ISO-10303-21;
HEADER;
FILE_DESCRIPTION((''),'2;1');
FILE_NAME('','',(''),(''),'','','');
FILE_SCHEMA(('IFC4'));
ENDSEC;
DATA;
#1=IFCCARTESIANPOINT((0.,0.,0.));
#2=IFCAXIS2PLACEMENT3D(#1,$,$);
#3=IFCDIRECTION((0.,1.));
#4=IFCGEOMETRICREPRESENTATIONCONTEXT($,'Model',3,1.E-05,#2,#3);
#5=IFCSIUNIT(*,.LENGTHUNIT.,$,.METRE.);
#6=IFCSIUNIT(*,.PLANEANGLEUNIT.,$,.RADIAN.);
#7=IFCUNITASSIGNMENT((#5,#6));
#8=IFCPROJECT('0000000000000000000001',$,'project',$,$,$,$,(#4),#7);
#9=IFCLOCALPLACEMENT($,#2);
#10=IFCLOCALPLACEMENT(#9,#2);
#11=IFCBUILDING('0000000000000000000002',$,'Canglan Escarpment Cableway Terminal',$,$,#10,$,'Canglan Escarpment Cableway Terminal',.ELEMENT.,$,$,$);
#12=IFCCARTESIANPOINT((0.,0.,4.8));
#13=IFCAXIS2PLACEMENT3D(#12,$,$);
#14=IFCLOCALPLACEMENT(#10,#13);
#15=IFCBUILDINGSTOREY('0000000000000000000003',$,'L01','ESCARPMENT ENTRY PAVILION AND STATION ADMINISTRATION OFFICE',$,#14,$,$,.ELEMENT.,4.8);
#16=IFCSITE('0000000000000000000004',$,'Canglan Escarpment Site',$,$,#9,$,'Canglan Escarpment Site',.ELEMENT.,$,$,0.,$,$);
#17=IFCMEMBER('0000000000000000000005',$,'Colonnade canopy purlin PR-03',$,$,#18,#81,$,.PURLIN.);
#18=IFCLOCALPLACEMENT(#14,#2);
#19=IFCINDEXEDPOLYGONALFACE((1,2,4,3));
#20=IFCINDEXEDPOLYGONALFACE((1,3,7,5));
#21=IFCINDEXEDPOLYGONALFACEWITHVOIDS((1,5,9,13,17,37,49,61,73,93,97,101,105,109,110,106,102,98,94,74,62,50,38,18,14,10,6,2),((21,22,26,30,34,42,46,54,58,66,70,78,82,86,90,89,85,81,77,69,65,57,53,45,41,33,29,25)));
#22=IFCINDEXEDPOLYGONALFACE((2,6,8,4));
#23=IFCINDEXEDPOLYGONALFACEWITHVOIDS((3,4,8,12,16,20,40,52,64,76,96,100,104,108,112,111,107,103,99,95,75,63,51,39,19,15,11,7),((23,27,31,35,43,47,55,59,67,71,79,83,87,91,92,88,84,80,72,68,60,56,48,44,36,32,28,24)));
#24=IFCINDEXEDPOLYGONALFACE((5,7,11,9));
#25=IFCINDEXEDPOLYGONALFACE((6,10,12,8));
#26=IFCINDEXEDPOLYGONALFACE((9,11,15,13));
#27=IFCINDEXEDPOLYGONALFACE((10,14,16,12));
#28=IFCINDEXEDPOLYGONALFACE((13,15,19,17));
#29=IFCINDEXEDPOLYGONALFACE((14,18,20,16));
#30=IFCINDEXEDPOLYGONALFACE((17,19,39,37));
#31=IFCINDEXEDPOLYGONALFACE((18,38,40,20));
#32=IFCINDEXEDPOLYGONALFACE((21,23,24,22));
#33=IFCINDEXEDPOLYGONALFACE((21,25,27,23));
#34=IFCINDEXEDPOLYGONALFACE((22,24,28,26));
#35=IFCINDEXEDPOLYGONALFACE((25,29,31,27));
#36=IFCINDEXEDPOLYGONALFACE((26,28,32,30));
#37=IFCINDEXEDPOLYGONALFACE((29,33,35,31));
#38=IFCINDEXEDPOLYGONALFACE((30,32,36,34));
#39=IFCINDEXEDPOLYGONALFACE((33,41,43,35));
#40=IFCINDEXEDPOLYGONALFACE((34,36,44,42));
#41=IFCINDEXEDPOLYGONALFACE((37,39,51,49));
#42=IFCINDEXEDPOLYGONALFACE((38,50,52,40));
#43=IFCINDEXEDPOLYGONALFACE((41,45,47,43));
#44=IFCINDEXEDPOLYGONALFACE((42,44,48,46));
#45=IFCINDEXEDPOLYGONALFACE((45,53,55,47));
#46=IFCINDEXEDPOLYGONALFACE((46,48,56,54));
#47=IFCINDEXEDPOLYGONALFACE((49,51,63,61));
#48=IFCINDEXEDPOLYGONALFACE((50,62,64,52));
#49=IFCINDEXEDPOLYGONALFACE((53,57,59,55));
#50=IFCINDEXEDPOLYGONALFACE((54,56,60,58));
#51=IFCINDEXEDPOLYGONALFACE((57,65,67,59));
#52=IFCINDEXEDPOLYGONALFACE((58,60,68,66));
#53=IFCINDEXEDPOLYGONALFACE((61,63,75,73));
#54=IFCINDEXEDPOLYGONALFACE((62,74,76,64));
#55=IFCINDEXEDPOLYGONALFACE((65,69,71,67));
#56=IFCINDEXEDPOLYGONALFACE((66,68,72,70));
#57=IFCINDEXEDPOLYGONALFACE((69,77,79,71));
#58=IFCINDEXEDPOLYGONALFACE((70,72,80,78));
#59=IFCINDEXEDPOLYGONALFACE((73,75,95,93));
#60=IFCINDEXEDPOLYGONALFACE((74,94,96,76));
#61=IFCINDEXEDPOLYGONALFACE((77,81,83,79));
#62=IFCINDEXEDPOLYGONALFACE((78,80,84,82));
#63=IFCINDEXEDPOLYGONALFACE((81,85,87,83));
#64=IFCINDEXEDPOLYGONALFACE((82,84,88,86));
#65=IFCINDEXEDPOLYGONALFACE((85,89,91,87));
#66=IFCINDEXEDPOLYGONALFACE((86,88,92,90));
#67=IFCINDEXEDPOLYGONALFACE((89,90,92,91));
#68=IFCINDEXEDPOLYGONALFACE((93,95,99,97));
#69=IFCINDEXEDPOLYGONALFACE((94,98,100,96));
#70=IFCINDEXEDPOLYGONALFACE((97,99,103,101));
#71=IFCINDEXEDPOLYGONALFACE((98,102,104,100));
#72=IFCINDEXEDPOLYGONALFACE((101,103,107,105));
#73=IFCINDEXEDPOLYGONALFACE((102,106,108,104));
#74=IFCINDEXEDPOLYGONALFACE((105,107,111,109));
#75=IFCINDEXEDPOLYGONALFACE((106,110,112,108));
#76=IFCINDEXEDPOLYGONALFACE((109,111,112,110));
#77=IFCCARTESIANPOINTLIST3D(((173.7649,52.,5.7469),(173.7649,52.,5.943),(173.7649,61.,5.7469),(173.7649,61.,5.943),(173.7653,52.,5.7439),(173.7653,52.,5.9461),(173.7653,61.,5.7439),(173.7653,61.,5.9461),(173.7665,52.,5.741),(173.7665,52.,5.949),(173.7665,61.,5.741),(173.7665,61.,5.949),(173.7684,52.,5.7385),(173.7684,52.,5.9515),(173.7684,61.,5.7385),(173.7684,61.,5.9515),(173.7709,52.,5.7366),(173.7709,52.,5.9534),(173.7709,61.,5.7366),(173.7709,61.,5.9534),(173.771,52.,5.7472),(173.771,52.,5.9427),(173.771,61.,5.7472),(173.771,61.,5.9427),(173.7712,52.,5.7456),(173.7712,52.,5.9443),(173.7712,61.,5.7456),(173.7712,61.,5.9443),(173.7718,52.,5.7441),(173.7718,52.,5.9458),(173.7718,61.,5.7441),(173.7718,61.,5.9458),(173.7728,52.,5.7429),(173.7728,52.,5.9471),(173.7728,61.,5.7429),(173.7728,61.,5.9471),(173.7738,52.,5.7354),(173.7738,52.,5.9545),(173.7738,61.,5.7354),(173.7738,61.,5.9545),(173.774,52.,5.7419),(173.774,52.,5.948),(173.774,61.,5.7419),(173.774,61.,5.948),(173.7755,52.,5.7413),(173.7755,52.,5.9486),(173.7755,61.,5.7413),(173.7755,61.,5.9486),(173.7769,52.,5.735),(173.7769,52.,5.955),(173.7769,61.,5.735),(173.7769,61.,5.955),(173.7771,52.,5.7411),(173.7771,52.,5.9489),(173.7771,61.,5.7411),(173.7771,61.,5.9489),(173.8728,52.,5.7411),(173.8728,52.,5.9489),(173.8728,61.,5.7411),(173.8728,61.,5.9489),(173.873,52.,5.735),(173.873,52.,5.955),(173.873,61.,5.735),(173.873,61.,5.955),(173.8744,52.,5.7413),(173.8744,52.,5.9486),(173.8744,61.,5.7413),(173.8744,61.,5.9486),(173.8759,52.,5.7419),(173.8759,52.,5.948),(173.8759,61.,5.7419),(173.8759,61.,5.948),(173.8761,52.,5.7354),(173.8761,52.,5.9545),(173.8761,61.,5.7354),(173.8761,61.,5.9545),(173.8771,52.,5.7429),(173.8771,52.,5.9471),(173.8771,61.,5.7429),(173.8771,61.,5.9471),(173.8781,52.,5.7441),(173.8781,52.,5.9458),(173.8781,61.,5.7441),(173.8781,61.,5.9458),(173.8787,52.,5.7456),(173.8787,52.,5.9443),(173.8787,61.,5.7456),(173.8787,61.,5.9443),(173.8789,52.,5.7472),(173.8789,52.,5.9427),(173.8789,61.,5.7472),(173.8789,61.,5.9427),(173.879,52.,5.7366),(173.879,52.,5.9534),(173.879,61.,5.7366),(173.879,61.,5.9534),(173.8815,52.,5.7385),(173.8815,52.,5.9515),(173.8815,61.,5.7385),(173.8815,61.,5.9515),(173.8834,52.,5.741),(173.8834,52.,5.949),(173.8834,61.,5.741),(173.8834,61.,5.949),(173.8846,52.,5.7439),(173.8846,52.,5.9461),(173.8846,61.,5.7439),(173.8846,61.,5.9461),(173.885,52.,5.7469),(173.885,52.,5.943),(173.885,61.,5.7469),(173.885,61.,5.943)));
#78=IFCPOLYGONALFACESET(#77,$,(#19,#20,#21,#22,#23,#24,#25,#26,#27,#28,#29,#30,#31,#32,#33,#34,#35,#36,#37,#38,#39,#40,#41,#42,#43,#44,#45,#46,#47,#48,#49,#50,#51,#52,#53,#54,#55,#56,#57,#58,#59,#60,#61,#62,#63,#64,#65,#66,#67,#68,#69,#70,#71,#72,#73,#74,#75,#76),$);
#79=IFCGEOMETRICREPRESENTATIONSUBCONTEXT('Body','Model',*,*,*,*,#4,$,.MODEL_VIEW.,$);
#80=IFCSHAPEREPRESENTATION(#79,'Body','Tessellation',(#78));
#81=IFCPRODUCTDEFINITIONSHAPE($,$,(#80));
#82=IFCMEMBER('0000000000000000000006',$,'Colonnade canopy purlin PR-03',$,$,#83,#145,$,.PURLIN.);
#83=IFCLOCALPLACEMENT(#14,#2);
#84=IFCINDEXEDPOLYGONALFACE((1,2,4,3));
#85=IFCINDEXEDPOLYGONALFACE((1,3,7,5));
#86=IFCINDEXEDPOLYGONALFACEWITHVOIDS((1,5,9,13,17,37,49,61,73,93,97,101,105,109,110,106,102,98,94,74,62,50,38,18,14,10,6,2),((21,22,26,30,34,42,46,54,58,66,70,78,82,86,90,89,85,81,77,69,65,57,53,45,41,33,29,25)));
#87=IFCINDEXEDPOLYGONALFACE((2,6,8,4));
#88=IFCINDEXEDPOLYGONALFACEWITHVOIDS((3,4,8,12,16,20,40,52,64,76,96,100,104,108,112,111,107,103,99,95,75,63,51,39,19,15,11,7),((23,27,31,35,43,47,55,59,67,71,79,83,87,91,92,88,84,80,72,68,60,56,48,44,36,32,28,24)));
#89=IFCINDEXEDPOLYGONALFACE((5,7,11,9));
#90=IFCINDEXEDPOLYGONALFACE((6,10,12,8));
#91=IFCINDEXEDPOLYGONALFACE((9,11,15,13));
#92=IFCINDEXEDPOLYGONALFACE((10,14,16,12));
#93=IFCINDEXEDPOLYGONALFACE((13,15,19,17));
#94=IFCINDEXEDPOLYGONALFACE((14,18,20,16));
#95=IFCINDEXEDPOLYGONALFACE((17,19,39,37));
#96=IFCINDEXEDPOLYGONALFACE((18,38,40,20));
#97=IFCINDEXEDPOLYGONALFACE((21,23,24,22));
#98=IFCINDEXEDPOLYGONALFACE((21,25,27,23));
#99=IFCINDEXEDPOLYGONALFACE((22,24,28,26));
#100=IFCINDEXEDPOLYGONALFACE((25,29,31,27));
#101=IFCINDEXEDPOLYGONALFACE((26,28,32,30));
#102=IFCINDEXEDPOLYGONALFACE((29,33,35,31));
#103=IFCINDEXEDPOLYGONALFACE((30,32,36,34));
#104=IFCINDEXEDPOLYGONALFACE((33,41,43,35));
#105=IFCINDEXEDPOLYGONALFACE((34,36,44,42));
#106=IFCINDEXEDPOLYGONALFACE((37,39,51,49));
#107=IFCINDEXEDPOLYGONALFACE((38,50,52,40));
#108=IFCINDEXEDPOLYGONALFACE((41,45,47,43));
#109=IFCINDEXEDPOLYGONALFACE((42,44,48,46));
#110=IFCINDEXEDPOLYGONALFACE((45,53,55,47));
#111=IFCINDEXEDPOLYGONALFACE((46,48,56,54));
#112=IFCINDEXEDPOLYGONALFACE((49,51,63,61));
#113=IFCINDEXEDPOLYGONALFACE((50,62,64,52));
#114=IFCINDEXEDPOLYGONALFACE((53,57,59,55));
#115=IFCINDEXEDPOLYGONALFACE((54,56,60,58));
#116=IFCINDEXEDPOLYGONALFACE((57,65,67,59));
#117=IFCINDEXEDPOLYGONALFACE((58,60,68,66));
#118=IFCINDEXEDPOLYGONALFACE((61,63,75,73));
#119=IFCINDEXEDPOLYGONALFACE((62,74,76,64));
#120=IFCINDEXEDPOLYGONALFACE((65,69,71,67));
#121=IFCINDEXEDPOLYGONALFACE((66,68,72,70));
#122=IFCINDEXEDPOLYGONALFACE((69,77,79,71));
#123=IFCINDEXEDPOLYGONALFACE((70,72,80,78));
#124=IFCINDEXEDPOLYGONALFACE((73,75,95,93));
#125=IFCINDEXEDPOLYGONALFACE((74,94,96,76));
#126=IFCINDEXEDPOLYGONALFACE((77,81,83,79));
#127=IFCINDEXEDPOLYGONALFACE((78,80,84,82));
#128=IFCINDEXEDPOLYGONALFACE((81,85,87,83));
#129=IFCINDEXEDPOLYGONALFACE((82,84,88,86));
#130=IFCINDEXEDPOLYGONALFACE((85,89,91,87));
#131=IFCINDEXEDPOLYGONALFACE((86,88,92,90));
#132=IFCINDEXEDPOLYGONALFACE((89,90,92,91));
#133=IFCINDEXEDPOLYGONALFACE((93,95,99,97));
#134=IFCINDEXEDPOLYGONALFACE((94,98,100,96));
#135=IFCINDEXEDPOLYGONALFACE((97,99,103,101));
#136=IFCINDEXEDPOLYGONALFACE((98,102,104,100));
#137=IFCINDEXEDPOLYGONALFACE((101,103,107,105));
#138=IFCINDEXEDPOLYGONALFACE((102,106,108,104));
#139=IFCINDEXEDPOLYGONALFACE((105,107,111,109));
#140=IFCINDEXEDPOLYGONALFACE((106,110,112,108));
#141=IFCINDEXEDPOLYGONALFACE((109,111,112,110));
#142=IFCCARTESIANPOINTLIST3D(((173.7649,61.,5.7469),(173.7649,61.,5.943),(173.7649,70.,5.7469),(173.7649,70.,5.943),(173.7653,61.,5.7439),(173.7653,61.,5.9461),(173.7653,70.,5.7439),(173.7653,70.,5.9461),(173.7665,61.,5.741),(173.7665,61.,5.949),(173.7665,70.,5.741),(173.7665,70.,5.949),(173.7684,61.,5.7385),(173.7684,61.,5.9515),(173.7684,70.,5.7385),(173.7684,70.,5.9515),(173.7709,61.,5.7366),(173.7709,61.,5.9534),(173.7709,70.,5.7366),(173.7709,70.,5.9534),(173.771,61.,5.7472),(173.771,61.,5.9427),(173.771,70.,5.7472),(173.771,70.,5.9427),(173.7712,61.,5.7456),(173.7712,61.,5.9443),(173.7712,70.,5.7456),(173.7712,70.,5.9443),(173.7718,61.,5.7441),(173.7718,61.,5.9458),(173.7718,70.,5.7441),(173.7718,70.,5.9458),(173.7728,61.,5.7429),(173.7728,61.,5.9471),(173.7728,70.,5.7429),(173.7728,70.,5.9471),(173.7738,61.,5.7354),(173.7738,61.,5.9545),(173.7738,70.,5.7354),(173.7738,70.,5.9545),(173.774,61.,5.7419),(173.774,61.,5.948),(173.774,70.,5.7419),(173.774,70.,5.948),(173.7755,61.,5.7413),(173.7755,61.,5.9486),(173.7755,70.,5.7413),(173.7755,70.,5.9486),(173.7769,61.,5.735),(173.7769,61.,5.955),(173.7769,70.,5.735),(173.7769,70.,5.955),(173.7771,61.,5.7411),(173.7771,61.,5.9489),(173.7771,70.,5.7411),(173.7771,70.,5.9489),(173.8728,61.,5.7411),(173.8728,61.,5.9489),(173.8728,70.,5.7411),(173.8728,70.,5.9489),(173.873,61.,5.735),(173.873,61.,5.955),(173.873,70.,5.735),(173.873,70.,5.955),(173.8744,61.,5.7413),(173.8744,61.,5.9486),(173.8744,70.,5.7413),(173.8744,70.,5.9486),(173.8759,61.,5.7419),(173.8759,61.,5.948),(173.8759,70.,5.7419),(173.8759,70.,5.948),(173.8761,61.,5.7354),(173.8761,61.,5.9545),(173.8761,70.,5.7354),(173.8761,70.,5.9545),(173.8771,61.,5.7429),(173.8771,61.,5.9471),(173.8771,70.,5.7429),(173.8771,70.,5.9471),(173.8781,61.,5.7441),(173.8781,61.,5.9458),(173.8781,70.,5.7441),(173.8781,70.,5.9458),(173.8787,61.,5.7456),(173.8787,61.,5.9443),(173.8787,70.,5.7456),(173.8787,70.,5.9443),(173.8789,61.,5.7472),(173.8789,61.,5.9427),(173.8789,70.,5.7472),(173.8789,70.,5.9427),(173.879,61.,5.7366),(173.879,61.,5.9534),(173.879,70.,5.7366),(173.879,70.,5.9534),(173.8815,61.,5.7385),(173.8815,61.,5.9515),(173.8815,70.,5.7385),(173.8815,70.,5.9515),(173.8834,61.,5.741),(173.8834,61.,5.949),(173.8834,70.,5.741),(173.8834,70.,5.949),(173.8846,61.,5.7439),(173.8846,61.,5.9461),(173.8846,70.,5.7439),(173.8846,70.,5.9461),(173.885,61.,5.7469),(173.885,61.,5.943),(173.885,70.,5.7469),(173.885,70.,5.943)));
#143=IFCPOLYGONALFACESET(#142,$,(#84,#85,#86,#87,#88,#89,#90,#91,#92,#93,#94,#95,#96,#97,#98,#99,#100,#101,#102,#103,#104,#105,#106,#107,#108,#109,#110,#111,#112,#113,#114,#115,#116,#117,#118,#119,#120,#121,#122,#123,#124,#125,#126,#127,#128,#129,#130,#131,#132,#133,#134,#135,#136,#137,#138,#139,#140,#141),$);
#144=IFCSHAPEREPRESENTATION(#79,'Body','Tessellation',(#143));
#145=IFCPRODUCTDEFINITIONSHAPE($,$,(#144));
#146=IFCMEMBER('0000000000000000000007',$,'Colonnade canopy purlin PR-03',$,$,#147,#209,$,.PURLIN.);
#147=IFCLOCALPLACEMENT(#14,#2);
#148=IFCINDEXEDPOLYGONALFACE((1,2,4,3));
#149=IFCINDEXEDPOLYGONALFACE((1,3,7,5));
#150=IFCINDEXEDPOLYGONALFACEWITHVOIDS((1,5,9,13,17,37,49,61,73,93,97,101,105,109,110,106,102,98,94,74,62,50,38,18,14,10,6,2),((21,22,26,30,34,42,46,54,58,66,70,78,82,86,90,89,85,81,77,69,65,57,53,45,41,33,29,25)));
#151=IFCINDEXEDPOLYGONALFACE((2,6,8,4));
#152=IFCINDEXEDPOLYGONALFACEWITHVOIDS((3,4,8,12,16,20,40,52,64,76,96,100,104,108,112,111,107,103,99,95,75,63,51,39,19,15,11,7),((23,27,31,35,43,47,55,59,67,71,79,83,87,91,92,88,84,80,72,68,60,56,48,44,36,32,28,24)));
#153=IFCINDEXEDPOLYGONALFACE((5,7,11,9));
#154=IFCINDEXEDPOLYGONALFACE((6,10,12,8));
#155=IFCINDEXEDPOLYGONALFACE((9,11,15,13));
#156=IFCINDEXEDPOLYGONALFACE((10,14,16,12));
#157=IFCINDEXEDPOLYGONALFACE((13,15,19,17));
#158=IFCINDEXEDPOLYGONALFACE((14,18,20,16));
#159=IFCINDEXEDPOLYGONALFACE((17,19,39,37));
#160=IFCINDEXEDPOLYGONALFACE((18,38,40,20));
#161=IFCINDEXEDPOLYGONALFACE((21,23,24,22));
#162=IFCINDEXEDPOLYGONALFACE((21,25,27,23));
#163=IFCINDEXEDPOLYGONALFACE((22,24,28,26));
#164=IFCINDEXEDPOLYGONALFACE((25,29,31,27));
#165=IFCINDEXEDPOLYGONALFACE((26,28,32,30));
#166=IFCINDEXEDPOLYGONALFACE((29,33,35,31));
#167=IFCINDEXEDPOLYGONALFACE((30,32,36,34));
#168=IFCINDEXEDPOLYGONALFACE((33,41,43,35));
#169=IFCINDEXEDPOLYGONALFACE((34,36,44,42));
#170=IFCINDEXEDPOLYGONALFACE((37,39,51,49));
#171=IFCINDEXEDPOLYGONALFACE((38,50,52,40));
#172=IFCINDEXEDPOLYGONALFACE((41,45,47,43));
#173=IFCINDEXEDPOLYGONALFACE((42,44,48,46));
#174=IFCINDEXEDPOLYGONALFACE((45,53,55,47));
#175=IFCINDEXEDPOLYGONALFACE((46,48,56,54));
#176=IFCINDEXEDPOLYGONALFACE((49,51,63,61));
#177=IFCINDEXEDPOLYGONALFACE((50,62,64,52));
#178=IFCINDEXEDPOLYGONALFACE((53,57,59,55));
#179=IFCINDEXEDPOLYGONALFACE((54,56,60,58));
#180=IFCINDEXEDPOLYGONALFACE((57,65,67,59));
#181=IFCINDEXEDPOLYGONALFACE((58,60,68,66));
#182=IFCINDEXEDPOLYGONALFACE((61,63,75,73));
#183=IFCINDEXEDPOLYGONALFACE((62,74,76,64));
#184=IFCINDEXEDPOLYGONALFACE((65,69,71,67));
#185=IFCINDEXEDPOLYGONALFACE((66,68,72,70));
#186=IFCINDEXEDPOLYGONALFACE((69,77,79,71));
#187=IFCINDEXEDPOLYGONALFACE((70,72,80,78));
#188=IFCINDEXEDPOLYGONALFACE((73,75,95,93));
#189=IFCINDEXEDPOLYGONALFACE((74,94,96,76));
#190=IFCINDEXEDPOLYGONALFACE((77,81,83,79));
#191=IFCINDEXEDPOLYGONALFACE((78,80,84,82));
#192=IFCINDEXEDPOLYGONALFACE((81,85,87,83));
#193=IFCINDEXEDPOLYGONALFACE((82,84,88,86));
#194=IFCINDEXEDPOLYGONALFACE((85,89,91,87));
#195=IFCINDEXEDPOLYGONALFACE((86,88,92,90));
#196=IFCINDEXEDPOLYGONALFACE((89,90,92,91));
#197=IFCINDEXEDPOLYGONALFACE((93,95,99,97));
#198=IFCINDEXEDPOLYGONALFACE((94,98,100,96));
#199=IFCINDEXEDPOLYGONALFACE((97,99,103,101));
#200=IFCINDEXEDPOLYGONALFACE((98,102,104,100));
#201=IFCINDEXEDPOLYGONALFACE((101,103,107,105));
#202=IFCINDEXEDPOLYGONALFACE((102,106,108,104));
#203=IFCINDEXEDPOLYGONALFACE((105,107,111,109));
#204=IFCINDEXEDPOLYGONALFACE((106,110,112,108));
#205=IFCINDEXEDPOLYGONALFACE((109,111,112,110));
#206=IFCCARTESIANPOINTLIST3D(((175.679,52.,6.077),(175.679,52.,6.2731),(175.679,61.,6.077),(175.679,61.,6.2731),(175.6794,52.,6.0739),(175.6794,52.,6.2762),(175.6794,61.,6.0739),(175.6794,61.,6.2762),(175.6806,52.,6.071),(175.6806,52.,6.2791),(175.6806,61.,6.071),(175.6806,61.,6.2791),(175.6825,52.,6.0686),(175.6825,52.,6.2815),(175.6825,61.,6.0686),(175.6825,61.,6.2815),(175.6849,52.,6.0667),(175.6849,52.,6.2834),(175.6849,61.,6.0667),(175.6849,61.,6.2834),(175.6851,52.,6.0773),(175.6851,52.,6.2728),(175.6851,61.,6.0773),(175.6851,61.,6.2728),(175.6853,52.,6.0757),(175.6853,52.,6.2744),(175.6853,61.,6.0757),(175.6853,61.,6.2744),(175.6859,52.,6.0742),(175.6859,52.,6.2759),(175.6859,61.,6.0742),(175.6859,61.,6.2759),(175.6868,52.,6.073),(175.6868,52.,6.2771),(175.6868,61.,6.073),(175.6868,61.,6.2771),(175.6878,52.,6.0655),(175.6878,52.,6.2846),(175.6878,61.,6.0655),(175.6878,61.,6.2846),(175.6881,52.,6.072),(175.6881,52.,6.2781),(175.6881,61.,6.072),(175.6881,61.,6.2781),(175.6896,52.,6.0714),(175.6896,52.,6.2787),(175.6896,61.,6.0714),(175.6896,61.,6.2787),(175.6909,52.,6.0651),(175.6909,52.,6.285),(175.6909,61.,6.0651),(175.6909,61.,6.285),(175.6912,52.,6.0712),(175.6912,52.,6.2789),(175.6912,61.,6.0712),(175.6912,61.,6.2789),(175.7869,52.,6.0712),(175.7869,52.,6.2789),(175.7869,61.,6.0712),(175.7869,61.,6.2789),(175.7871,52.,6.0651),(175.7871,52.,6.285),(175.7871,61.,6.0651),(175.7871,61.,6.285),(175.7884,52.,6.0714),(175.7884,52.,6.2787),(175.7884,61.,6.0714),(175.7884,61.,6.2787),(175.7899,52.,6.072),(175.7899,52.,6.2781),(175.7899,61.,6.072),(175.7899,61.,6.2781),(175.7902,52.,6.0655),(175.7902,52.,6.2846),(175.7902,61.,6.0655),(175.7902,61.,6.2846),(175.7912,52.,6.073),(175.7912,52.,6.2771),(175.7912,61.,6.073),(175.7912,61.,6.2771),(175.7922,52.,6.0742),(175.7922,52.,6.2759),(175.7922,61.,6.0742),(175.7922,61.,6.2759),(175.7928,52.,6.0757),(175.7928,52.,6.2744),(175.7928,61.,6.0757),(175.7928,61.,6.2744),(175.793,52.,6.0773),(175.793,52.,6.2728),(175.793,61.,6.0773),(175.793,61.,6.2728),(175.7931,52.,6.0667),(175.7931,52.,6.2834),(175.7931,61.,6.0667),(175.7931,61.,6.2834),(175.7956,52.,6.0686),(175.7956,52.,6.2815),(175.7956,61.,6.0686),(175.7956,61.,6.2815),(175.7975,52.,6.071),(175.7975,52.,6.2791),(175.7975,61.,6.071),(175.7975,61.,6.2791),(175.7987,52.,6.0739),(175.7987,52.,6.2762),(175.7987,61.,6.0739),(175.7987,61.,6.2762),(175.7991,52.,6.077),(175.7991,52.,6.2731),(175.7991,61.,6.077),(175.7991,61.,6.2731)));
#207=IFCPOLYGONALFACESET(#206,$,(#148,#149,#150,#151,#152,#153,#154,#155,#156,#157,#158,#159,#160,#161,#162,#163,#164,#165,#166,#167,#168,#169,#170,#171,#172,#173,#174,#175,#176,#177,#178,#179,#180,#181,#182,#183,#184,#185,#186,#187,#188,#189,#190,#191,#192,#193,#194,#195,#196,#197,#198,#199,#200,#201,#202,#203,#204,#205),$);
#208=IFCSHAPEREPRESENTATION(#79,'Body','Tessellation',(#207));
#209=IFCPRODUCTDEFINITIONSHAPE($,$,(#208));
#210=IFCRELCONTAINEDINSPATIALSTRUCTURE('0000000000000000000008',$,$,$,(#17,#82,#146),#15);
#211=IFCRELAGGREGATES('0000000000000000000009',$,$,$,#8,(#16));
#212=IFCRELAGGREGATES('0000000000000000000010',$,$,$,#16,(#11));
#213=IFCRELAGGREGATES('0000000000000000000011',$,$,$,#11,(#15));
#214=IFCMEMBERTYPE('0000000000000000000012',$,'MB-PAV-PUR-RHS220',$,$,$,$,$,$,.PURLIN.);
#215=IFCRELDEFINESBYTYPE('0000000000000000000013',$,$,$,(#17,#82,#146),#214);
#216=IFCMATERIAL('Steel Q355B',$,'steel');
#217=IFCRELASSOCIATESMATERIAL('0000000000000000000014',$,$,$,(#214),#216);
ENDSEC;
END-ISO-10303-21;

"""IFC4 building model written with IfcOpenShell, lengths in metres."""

from ifc_helpers import new_model, si_unit, direction, frame, origin, origin_2d, place, context, subcontext, project, spatial, hollow_rectangle, extrude, material, material_profile, profile_set, type_object, element, save


model = new_model("IFC4")

# Units and contexts
model_context = context("Model", 3, precision=1e-05, world=origin(), true_north=direction((0.0, 1.0)))
body_context = subcontext(model_context, "Body", "Model", "MODEL_VIEW")
ifc_project = project(units=[si_unit("LENGTHUNIT", "METRE"), si_unit("PLANEANGLEUNIT", "RADIAN")], contexts=[model_context])

# Site, building, storey
site_placement = place(None, origin())
site = spatial("IfcSite", under=ifc_project, at=site_placement, Name="Canglan Escarpment Site", LongName="Canglan Escarpment Site", CompositionType="ELEMENT", RefElevation=0.0)
building_placement = place(site_placement, origin())
building = spatial("IfcBuilding", under=site, at=building_placement, Name="Canglan Escarpment Cableway Terminal", LongName="Canglan Escarpment Cableway Terminal", CompositionType="ELEMENT")
storey_placement = place(building_placement, frame((0.0, 0.0, 4.8)))
storey = spatial("IfcBuildingStorey", under=building, at=storey_placement, Name="L01", Description="ESCARPMENT ENTRY PAVILION AND STATION ADMINISTRATION OFFICE", CompositionType="ELEMENT", Elevation=4.8)

# Shared definitions
ifc_material_1 = material(Name="Steel Q355B", Category="steel")

# Members
ifc_material_profile_1 = material_profile(ifc_material_1, hollow_rectangle(XDim=0.1201, YDim=0.22, WallThickness=0.0061, InnerFilletRadius=0.0061, OuterFilletRadius=0.012, at=origin_2d()), Name="RHS 220x120x6")
ifc_profile_set_1 = profile_set([ifc_material_profile_1], Name="Steel Q355B")
member_type_1 = type_object("IfcMemberType", Name="MB-PAV-PUR-RHS220", PredefinedType="PURLIN", material=ifc_profile_set_1)
for number, where, z_axis, x_axis, name in (
    (1, (173.825, 52.0, 5.845), (0.0, 1.0, 0.0), (-1.0, 0.0, 0.0), "Colonnade canopy purlin PR-03"),
    (2, (173.825, 61.0, 5.845), (0.0, 1.0, 0.0), (-1.0, 0.0, 0.0), "Colonnade canopy purlin PR-03"),
    (3, (175.739, 52.0, 6.175), (0.0, 1.0, 0.0), (-1.0, 0.0, 0.0), "Colonnade canopy purlin PR-03"),
):
    element("IfcMember", number, at=place(storey_placement, frame(where, z_axis=z_axis, x_axis=x_axis)), inside=storey, type_object=member_type_1, Name=name, PredefinedType="PURLIN", context=body_context, shape_type="SweptSolid", body=[
        extrude(hollow_rectangle(XDim=0.1201, YDim=0.22, WallThickness=0.0061, InnerFilletRadius=0.0061, OuterFilletRadius=0.012, at=origin_2d()), origin(), (0.0, 0.0, 1.0), 9.0),
    ])

save(model, "model.ifc")
